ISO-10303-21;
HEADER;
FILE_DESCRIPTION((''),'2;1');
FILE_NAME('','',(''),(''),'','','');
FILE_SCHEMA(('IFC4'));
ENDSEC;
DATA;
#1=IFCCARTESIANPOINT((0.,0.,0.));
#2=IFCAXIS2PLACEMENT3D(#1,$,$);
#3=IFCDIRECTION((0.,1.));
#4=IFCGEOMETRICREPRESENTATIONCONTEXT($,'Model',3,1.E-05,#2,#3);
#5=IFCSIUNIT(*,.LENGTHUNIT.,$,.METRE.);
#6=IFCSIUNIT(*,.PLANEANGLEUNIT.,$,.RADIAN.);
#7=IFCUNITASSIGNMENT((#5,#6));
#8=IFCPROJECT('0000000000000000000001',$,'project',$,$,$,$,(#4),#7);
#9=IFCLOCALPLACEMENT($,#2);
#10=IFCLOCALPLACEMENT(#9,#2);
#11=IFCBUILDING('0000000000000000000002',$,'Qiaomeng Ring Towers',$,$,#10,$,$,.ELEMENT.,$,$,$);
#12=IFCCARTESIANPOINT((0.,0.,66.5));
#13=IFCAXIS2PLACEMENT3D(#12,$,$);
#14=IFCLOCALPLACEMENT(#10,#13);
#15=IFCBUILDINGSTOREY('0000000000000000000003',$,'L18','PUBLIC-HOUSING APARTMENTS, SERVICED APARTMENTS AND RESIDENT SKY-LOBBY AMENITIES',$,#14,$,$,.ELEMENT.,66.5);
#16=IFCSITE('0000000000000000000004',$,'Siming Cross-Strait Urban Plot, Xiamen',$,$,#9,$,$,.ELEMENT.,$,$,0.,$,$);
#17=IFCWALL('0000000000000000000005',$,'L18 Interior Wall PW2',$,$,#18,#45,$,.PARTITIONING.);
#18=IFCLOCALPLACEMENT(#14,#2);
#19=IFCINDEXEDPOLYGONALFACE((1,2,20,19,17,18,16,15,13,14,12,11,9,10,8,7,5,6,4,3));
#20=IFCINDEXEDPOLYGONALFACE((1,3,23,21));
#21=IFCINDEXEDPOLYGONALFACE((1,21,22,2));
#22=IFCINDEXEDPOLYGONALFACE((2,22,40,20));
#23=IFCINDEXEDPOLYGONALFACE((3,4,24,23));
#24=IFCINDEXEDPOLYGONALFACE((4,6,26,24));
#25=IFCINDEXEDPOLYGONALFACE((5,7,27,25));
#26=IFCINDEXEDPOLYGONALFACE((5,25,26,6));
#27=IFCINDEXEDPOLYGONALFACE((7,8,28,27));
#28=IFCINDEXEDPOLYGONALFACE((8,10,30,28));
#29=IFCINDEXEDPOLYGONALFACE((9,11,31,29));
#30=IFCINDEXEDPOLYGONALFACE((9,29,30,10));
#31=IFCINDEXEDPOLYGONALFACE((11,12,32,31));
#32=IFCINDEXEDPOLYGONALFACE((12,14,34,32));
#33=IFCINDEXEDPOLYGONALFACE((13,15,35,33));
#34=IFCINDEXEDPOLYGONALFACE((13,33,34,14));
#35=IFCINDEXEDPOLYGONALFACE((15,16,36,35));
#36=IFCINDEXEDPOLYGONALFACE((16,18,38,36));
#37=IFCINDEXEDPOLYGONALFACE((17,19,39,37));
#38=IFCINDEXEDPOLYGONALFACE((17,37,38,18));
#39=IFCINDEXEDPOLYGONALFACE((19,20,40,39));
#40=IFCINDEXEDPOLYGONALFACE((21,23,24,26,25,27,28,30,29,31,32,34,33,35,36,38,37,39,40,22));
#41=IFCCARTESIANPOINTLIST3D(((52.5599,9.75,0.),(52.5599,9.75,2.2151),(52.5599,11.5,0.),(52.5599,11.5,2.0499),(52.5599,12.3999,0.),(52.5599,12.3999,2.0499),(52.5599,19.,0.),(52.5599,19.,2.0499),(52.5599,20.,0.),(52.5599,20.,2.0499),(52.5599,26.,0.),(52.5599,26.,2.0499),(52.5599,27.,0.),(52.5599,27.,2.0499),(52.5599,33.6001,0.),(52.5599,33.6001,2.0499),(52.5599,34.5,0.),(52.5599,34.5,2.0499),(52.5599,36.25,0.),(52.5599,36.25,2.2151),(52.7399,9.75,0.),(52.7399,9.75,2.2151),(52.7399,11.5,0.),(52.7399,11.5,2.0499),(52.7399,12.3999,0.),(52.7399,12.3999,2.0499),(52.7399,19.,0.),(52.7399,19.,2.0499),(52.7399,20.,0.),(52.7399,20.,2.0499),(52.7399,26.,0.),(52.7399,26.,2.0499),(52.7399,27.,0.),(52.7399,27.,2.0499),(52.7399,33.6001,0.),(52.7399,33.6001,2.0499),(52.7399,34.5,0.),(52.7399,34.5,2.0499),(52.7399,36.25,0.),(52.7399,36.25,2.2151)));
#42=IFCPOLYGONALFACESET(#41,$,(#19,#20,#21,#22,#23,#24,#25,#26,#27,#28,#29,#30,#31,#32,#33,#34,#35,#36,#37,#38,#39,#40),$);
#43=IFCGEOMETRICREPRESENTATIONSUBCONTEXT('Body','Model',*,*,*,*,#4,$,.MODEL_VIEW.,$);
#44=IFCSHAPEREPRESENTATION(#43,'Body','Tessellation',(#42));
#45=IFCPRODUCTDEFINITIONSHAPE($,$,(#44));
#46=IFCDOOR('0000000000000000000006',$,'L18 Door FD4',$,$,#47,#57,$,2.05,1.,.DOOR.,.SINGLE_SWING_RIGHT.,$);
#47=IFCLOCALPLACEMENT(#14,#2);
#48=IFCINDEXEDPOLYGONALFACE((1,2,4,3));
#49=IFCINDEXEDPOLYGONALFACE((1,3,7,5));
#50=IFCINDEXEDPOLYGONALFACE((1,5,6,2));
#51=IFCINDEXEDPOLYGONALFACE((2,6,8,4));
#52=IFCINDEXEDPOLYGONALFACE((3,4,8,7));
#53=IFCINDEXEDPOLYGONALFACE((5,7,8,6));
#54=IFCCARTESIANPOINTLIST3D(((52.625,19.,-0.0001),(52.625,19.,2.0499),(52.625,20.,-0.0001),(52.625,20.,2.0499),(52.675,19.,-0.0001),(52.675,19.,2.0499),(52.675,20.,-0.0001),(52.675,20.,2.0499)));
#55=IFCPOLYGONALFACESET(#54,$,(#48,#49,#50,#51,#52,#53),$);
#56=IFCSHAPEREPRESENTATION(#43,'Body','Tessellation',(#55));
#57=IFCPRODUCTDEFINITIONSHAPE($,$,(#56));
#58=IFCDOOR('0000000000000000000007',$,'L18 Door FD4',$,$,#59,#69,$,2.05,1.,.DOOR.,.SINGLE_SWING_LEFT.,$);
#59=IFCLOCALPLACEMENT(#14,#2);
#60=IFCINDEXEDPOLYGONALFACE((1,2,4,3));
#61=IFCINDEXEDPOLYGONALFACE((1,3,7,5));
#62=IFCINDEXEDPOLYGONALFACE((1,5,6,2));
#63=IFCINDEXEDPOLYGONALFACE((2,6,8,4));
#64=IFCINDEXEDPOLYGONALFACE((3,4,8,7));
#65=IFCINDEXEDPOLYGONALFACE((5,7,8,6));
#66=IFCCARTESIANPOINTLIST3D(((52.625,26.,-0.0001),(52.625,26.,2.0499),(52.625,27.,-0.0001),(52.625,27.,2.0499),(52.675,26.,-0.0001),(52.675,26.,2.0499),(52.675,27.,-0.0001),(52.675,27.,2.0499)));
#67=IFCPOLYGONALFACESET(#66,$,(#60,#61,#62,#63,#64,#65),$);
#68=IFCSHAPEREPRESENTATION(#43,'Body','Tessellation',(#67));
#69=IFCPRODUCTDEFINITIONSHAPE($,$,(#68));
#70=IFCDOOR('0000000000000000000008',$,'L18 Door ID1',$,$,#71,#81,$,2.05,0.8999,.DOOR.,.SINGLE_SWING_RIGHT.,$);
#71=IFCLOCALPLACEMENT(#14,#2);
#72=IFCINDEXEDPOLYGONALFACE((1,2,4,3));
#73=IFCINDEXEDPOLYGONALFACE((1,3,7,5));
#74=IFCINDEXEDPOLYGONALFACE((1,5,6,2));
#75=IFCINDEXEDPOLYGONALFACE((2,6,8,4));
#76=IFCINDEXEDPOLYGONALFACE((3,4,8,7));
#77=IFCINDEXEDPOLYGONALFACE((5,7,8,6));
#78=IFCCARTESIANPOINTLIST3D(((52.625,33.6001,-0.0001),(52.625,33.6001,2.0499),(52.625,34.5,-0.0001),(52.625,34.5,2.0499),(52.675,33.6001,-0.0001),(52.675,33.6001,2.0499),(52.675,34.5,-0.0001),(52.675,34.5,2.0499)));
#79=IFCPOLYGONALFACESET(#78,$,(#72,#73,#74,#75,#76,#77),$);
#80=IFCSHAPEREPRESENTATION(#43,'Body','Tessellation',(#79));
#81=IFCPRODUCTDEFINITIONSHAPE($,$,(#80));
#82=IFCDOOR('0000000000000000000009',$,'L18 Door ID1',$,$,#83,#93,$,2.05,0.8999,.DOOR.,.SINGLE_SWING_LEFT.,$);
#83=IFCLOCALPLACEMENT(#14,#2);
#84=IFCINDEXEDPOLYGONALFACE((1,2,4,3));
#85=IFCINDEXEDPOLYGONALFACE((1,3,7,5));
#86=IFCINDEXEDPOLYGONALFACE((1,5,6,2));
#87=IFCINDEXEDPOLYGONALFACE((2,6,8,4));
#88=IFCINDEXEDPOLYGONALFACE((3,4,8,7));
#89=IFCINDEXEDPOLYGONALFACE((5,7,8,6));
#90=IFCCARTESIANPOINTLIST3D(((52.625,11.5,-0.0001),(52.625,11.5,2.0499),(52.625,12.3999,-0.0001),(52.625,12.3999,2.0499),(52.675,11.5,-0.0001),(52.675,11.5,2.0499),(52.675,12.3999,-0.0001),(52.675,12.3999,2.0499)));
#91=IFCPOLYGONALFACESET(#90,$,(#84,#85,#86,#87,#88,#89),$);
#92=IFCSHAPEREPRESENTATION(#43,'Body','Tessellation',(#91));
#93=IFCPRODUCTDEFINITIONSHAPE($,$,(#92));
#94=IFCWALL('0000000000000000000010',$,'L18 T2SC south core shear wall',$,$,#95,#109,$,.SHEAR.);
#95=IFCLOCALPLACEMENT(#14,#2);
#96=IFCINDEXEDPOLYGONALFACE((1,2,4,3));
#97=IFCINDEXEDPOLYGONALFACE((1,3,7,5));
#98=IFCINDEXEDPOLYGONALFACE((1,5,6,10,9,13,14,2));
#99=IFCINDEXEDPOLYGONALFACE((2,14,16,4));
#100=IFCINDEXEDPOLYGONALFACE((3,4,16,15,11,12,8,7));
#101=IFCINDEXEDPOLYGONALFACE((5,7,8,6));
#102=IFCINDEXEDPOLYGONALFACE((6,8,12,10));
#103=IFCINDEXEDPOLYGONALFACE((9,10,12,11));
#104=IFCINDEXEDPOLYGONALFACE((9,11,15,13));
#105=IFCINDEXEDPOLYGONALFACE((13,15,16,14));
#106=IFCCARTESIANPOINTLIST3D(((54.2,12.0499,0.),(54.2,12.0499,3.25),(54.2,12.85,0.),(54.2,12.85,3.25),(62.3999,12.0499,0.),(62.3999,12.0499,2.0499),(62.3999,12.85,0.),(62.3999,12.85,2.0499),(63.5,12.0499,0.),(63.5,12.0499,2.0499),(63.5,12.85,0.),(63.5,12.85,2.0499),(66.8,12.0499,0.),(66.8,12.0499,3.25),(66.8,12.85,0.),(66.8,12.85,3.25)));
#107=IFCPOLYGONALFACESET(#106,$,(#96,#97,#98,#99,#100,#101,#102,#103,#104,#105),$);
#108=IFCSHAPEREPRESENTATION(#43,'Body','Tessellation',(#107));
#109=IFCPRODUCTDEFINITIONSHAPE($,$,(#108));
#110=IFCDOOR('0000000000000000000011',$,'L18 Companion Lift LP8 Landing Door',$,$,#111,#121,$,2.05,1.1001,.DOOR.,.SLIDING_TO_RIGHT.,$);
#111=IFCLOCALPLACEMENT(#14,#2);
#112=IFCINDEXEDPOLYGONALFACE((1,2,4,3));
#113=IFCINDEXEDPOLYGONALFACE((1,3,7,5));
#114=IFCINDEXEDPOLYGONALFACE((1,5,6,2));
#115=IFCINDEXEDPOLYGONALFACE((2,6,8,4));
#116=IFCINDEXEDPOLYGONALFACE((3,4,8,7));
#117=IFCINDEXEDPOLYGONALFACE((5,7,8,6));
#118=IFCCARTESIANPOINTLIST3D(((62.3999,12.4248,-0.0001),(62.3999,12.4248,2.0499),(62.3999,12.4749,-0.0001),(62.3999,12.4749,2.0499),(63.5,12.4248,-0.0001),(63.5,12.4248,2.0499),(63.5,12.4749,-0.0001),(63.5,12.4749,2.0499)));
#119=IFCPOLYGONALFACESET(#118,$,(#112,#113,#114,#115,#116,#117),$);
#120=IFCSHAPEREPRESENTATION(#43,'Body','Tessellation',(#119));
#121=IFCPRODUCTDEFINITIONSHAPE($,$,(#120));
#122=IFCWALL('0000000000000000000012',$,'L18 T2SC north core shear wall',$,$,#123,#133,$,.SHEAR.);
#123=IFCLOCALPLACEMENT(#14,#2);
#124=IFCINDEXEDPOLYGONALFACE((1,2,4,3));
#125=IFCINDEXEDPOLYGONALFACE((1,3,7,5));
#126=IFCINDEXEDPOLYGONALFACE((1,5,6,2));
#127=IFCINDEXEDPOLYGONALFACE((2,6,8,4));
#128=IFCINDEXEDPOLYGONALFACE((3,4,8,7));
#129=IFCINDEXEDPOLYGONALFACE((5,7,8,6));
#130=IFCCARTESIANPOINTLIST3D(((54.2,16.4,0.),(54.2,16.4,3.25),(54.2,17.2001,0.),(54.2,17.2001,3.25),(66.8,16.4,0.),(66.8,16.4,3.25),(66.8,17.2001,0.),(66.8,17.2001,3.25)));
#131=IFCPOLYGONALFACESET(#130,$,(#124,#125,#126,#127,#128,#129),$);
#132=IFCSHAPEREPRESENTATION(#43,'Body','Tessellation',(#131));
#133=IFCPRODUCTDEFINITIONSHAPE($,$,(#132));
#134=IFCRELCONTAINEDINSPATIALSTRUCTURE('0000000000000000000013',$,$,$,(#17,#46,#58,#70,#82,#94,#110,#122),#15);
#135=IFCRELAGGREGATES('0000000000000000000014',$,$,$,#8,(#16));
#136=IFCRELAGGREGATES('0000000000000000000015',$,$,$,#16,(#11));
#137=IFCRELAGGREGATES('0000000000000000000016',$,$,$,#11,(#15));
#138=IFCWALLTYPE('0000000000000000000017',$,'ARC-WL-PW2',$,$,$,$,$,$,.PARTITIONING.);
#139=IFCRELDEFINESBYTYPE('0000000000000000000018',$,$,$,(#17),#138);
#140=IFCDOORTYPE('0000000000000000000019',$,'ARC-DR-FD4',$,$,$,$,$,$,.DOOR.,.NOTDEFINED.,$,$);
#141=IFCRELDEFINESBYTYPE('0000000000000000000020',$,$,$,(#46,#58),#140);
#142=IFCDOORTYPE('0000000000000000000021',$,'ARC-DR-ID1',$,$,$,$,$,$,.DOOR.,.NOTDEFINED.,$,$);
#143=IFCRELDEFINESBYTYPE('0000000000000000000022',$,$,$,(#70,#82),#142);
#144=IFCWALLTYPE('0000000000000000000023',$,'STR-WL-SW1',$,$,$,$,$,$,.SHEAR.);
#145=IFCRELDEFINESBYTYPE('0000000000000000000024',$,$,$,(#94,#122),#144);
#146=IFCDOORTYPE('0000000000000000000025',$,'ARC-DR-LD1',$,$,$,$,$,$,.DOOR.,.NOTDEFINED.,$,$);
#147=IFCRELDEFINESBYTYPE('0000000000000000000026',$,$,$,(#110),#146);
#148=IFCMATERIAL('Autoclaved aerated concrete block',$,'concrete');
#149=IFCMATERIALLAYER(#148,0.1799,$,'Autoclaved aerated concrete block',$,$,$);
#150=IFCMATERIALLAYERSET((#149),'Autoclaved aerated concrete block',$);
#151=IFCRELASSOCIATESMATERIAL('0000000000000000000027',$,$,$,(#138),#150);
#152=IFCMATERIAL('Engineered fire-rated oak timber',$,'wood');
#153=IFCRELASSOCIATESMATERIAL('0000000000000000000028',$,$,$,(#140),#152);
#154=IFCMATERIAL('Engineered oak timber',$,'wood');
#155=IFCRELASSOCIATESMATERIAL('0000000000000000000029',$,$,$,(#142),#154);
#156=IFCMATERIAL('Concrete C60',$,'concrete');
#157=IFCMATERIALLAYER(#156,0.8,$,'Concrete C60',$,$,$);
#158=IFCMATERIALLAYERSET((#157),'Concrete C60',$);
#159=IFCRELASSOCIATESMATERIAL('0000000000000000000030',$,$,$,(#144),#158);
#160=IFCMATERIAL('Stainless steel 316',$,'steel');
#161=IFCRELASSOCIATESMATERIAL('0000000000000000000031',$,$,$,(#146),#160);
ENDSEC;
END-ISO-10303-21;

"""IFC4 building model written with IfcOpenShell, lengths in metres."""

from ifc_helpers import new_model, si_unit, direction, frame, frame_2d, origin, place, context, subcontext, project, spatial, rectangle, extrude, source, transform, mapped, material, layer, layer_set, type_object, element, fill, save


model = new_model("IFC4")

# Units and contexts
model_context = context("Model", 3, precision=1e-05, world=origin(), true_north=direction((0.0, 1.0)))
body_context = subcontext(model_context, "Body", "Model", "MODEL_VIEW")
ifc_project = project(units=[si_unit("LENGTHUNIT", "METRE"), si_unit("PLANEANGLEUNIT", "RADIAN")], contexts=[model_context])

# Site, building, storey
site_placement = place(None, origin())
site = spatial("IfcSite", under=ifc_project, at=site_placement, Name="Siming Cross-Strait Urban Plot, Xiamen", CompositionType="ELEMENT", RefElevation=0.0)
building_placement = place(site_placement, origin())
building = spatial("IfcBuilding", under=site, at=building_placement, Name="Qiaomeng Ring Towers", CompositionType="ELEMENT")
storey_placement = place(building_placement, frame((0.0, 0.0, 66.5)))
storey = spatial("IfcBuildingStorey", under=building, at=storey_placement, Name="L18", Description="PUBLIC-HOUSING APARTMENTS, SERVICED APARTMENTS AND RESIDENT SKY-LOBBY AMENITIES", CompositionType="ELEMENT", Elevation=66.5)

# Shared definitions
ifc_material_1 = material(Name="Concrete C60", Category="concrete")

# Wall, openings, doors
ifc_material_2 = material(Name="Autoclaved aerated concrete block", Category="concrete")
ifc_layer_1 = layer(ifc_material_2, 0.1799, Name="Autoclaved aerated concrete block")
ifc_layer_set_1 = layer_set([ifc_layer_1], Name="Autoclaved aerated concrete block")
wall_type_1 = type_object("IfcWallType", Name="ARC-WL-PW2", PredefinedType="PARTITIONING", material=ifc_layer_set_1)
wall_1_placement = place(storey_placement, frame((52.6499, 9.75, 0.0), z_axis=(0.0, 0.0, 1.0), x_axis=(0.0, 1.0, 0.0)))
wall_1 = element("IfcWall", 1, at=wall_1_placement, inside=storey, type_object=wall_type_1, Name="L18 Interior Wall PW2", PredefinedType="PARTITIONING", context=body_context, shape_type="SweptSolid", body=[
    extrude(rectangle(XDim=26.5, YDim=0.1799, at=frame_2d((13.25, 0.0))), origin(), (0.0, 0.0, 1.0), 2.2151),
])
opening_1_placement = place(wall_1_placement, frame((23.8501, 0.0, 0.0)))
opening_1 = element("IfcOpeningElement", 2, at=opening_1_placement, cuts=wall_1, PredefinedType="OPENING", context=body_context, shape_type="SweptSolid", body=[
    extrude(rectangle(XDim=0.8999, YDim=2.05, at=frame_2d((0.45, 1.0249))), frame((0.0, 0.0999, 0.0), z_axis=(0.0, -1.0, 0.0), x_axis=(1.0, 0.0, 0.0)), (0.0, 0.0, 1.0), 0.2),
])
opening_2_placement = place(wall_1_placement, frame((1.75, 0.0, 0.0)))
opening_2 = element("IfcOpeningElement", 3, at=opening_2_placement, cuts=wall_1, PredefinedType="OPENING", context=body_context, shape_type="SweptSolid", body=[
    extrude(rectangle(XDim=0.8999, YDim=2.05, at=frame_2d((0.45, 1.0249))), frame((0.0, 0.0999, 0.0), z_axis=(0.0, -1.0, 0.0), x_axis=(1.0, 0.0, 0.0)), (0.0, 0.0, 1.0), 0.2),
])
opening_3_placement = place(wall_1_placement, frame((9.25, 0.0, 0.0)))
opening_3 = element("IfcOpeningElement", 4, at=opening_3_placement, cuts=wall_1, PredefinedType="OPENING", context=body_context, shape_type="SweptSolid", body=[
    extrude(rectangle(XDim=1.0, YDim=2.05, at=frame_2d((0.5, 1.0249))), frame((0.0, 0.0999, 0.0), z_axis=(0.0, -1.0, 0.0), x_axis=(1.0, 0.0, 0.0)), (0.0, 0.0, 1.0), 0.2),
])
opening_4_placement = place(wall_1_placement, frame((16.25, 0.0, 0.0)))
opening_4 = element("IfcOpeningElement", 5, at=opening_4_placement, cuts=wall_1, PredefinedType="OPENING", context=body_context, shape_type="SweptSolid", body=[
    extrude(rectangle(XDim=1.0, YDim=2.05, at=frame_2d((0.5, 1.0249))), frame((0.0, 0.0999, 0.0), z_axis=(0.0, -1.0, 0.0), x_axis=(1.0, 0.0, 0.0)), (0.0, 0.0, 1.0), 0.2),
])
ifc_material_3 = material(Name="Engineered fire-rated oak timber", Category="wood")
door_type_1 = type_object("IfcDoorType", Name="ARC-DR-FD4", OperationType="NOTDEFINED", PredefinedType="DOOR", material=ifc_material_3)
shared_shape_1 = source(origin(), body_context, "Body", "SweptSolid", [
    extrude(rectangle(XDim=1.0, YDim=2.05, at=frame_2d((0.5, 1.0249))), frame((0.0, 0.0249, 0.0), z_axis=(0.0, -1.0, 0.0), x_axis=(1.0, 0.0, 0.0)), (0.0, 0.0, 1.0), 0.05),
])
door_1_placement = place(opening_3_placement, origin())
door_1 = element("IfcDoor", 6, at=door_1_placement, inside=storey, type_object=door_type_1, Name="L18 Door FD4", OperationType="SINGLE_SWING_RIGHT", OverallHeight=2.05, OverallWidth=1.0, PredefinedType="DOOR", context=body_context, shape_type="MappedRepresentation", body=[
    mapped(shared_shape_1, transform((0.0, 0.0, 0.0), x_axis=(1.0, 0.0, 0.0), y_axis=(0.0, 1.0, 0.0), z_axis=(0.0, 0.0, 1.0), scale=1.0)),
])
fill(opening_3, door_1)
door_2_placement = place(opening_4_placement, origin())
door_2 = element("IfcDoor", 7, at=door_2_placement, inside=storey, type_object=door_type_1, Name="L18 Door FD4", OperationType="SINGLE_SWING_LEFT", OverallHeight=2.05, OverallWidth=1.0, PredefinedType="DOOR", context=body_context, shape_type="MappedRepresentation", body=[
    mapped(shared_shape_1, transform((0.0, 0.0, 0.0), x_axis=(1.0, 0.0, 0.0), y_axis=(0.0, 1.0, 0.0), z_axis=(0.0, 0.0, 1.0), scale=1.0)),
])
fill(opening_4, door_2)
ifc_material_4 = material(Name="Engineered oak timber", Category="wood")
door_type_2 = type_object("IfcDoorType", Name="ARC-DR-ID1", OperationType="NOTDEFINED", PredefinedType="DOOR", material=ifc_material_4)
shared_shape_2 = source(origin(), body_context, "Body", "SweptSolid", [
    extrude(rectangle(XDim=0.8999, YDim=2.05, at=frame_2d((0.45, 1.0249))), frame((0.0, 0.0249, 0.0), z_axis=(0.0, -1.0, 0.0), x_axis=(1.0, 0.0, 0.0)), (0.0, 0.0, 1.0), 0.05),
])
door_3_placement = place(opening_1_placement, origin())
door_3 = element("IfcDoor", 8, at=door_3_placement, inside=storey, type_object=door_type_2, Name="L18 Door ID1", OperationType="SINGLE_SWING_RIGHT", OverallHeight=2.05, OverallWidth=0.8999, PredefinedType="DOOR", context=body_context, shape_type="MappedRepresentation", body=[
    mapped(shared_shape_2, transform((0.0, 0.0, 0.0), x_axis=(1.0, 0.0, 0.0), y_axis=(0.0, 1.0, 0.0), z_axis=(0.0, 0.0, 1.0), scale=1.0)),
])
fill(opening_1, door_3)
door_4_placement = place(opening_2_placement, origin())
door_4 = element("IfcDoor", 9, at=door_4_placement, inside=storey, type_object=door_type_2, Name="L18 Door ID1", OperationType="SINGLE_SWING_LEFT", OverallHeight=2.05, OverallWidth=0.8999, PredefinedType="DOOR", context=body_context, shape_type="MappedRepresentation", body=[
    mapped(shared_shape_2, transform((0.0, 0.0, 0.0), x_axis=(1.0, 0.0, 0.0), y_axis=(0.0, 1.0, 0.0), z_axis=(0.0, 0.0, 1.0), scale=1.0)),
])
fill(opening_2, door_4)

# Wall, opening, door
ifc_layer_2 = layer(ifc_material_1, 0.8, Name="Concrete C60")
ifc_layer_set_2 = layer_set([ifc_layer_2], Name="Concrete C60")
wall_type_2 = type_object("IfcWallType", Name="STR-WL-SW1", PredefinedType="SHEAR", material=ifc_layer_set_2)
wall_2_placement = place(storey_placement, frame((54.2, 12.45, 0.0), z_axis=(0.0, 0.0, 1.0), x_axis=(1.0, 0.0, 0.0)))
wall_2 = element("IfcWall", 10, at=wall_2_placement, inside=storey, type_object=wall_type_2, Name="L18 T2SC south core shear wall", PredefinedType="SHEAR", context=body_context, shape_type="SweptSolid", body=[
    extrude(rectangle(XDim=12.6001, YDim=0.8, at=frame_2d((6.3, 0.0))), origin(), (0.0, 0.0, 1.0), 3.25),
])
opening_5_placement = place(wall_2_placement, frame((8.2, 0.0, 0.0)))
opening_5 = element("IfcOpeningElement", 11, at=opening_5_placement, cuts=wall_2, PredefinedType="OPENING", context=body_context, shape_type="SweptSolid", body=[
    extrude(rectangle(XDim=1.1001, YDim=2.05, at=frame_2d((0.55, 1.0249))), frame((0.0, 0.4099, 0.0), z_axis=(0.0, -1.0, 0.0), x_axis=(1.0, 0.0, 0.0)), (0.0, 0.0, 1.0), 0.8201),
])
ifc_material_5 = material(Name="Stainless steel 316", Category="steel")
door_type_3 = type_object("IfcDoorType", Name="ARC-DR-LD1", OperationType="NOTDEFINED", PredefinedType="DOOR", material=ifc_material_5)
shared_shape_3 = source(origin(), body_context, "Body", "SweptSolid", [
    extrude(rectangle(XDim=1.1001, YDim=2.05, at=frame_2d((0.55, 1.0249))), frame((0.0, 0.0249, 0.0), z_axis=(0.0, -1.0, 0.0), x_axis=(1.0, 0.0, 0.0)), (0.0, 0.0, 1.0), 0.05),
])
door_5_placement = place(opening_5_placement, origin())
door_5 = element("IfcDoor", 12, at=door_5_placement, inside=storey, type_object=door_type_3, Name="L18 Companion Lift LP8 Landing Door", OperationType="SLIDING_TO_RIGHT", OverallHeight=2.05, OverallWidth=1.1001, PredefinedType="DOOR", context=body_context, shape_type="MappedRepresentation", body=[
    mapped(shared_shape_3, transform((0.0, 0.0, 0.0), x_axis=(1.0, 0.0, 0.0), y_axis=(0.0, 1.0, 0.0), z_axis=(0.0, 0.0, 1.0), scale=1.0)),
])
fill(opening_5, door_5)

# Wall
wall_3_placement = place(storey_placement, frame((54.2, 16.8, 0.0), z_axis=(0.0, 0.0, 1.0), x_axis=(1.0, 0.0, 0.0)))
element("IfcWall", 13, at=wall_3_placement, inside=storey, type_object=wall_type_2, Name="L18 T2SC north core shear wall", PredefinedType="SHEAR", context=body_context, shape_type="SweptSolid", body=[
    extrude(rectangle(XDim=12.6001, YDim=0.8, at=frame_2d((6.3, 0.0))), origin(), (0.0, 0.0, 1.0), 3.25),
])

save(model, "model.ifc")
